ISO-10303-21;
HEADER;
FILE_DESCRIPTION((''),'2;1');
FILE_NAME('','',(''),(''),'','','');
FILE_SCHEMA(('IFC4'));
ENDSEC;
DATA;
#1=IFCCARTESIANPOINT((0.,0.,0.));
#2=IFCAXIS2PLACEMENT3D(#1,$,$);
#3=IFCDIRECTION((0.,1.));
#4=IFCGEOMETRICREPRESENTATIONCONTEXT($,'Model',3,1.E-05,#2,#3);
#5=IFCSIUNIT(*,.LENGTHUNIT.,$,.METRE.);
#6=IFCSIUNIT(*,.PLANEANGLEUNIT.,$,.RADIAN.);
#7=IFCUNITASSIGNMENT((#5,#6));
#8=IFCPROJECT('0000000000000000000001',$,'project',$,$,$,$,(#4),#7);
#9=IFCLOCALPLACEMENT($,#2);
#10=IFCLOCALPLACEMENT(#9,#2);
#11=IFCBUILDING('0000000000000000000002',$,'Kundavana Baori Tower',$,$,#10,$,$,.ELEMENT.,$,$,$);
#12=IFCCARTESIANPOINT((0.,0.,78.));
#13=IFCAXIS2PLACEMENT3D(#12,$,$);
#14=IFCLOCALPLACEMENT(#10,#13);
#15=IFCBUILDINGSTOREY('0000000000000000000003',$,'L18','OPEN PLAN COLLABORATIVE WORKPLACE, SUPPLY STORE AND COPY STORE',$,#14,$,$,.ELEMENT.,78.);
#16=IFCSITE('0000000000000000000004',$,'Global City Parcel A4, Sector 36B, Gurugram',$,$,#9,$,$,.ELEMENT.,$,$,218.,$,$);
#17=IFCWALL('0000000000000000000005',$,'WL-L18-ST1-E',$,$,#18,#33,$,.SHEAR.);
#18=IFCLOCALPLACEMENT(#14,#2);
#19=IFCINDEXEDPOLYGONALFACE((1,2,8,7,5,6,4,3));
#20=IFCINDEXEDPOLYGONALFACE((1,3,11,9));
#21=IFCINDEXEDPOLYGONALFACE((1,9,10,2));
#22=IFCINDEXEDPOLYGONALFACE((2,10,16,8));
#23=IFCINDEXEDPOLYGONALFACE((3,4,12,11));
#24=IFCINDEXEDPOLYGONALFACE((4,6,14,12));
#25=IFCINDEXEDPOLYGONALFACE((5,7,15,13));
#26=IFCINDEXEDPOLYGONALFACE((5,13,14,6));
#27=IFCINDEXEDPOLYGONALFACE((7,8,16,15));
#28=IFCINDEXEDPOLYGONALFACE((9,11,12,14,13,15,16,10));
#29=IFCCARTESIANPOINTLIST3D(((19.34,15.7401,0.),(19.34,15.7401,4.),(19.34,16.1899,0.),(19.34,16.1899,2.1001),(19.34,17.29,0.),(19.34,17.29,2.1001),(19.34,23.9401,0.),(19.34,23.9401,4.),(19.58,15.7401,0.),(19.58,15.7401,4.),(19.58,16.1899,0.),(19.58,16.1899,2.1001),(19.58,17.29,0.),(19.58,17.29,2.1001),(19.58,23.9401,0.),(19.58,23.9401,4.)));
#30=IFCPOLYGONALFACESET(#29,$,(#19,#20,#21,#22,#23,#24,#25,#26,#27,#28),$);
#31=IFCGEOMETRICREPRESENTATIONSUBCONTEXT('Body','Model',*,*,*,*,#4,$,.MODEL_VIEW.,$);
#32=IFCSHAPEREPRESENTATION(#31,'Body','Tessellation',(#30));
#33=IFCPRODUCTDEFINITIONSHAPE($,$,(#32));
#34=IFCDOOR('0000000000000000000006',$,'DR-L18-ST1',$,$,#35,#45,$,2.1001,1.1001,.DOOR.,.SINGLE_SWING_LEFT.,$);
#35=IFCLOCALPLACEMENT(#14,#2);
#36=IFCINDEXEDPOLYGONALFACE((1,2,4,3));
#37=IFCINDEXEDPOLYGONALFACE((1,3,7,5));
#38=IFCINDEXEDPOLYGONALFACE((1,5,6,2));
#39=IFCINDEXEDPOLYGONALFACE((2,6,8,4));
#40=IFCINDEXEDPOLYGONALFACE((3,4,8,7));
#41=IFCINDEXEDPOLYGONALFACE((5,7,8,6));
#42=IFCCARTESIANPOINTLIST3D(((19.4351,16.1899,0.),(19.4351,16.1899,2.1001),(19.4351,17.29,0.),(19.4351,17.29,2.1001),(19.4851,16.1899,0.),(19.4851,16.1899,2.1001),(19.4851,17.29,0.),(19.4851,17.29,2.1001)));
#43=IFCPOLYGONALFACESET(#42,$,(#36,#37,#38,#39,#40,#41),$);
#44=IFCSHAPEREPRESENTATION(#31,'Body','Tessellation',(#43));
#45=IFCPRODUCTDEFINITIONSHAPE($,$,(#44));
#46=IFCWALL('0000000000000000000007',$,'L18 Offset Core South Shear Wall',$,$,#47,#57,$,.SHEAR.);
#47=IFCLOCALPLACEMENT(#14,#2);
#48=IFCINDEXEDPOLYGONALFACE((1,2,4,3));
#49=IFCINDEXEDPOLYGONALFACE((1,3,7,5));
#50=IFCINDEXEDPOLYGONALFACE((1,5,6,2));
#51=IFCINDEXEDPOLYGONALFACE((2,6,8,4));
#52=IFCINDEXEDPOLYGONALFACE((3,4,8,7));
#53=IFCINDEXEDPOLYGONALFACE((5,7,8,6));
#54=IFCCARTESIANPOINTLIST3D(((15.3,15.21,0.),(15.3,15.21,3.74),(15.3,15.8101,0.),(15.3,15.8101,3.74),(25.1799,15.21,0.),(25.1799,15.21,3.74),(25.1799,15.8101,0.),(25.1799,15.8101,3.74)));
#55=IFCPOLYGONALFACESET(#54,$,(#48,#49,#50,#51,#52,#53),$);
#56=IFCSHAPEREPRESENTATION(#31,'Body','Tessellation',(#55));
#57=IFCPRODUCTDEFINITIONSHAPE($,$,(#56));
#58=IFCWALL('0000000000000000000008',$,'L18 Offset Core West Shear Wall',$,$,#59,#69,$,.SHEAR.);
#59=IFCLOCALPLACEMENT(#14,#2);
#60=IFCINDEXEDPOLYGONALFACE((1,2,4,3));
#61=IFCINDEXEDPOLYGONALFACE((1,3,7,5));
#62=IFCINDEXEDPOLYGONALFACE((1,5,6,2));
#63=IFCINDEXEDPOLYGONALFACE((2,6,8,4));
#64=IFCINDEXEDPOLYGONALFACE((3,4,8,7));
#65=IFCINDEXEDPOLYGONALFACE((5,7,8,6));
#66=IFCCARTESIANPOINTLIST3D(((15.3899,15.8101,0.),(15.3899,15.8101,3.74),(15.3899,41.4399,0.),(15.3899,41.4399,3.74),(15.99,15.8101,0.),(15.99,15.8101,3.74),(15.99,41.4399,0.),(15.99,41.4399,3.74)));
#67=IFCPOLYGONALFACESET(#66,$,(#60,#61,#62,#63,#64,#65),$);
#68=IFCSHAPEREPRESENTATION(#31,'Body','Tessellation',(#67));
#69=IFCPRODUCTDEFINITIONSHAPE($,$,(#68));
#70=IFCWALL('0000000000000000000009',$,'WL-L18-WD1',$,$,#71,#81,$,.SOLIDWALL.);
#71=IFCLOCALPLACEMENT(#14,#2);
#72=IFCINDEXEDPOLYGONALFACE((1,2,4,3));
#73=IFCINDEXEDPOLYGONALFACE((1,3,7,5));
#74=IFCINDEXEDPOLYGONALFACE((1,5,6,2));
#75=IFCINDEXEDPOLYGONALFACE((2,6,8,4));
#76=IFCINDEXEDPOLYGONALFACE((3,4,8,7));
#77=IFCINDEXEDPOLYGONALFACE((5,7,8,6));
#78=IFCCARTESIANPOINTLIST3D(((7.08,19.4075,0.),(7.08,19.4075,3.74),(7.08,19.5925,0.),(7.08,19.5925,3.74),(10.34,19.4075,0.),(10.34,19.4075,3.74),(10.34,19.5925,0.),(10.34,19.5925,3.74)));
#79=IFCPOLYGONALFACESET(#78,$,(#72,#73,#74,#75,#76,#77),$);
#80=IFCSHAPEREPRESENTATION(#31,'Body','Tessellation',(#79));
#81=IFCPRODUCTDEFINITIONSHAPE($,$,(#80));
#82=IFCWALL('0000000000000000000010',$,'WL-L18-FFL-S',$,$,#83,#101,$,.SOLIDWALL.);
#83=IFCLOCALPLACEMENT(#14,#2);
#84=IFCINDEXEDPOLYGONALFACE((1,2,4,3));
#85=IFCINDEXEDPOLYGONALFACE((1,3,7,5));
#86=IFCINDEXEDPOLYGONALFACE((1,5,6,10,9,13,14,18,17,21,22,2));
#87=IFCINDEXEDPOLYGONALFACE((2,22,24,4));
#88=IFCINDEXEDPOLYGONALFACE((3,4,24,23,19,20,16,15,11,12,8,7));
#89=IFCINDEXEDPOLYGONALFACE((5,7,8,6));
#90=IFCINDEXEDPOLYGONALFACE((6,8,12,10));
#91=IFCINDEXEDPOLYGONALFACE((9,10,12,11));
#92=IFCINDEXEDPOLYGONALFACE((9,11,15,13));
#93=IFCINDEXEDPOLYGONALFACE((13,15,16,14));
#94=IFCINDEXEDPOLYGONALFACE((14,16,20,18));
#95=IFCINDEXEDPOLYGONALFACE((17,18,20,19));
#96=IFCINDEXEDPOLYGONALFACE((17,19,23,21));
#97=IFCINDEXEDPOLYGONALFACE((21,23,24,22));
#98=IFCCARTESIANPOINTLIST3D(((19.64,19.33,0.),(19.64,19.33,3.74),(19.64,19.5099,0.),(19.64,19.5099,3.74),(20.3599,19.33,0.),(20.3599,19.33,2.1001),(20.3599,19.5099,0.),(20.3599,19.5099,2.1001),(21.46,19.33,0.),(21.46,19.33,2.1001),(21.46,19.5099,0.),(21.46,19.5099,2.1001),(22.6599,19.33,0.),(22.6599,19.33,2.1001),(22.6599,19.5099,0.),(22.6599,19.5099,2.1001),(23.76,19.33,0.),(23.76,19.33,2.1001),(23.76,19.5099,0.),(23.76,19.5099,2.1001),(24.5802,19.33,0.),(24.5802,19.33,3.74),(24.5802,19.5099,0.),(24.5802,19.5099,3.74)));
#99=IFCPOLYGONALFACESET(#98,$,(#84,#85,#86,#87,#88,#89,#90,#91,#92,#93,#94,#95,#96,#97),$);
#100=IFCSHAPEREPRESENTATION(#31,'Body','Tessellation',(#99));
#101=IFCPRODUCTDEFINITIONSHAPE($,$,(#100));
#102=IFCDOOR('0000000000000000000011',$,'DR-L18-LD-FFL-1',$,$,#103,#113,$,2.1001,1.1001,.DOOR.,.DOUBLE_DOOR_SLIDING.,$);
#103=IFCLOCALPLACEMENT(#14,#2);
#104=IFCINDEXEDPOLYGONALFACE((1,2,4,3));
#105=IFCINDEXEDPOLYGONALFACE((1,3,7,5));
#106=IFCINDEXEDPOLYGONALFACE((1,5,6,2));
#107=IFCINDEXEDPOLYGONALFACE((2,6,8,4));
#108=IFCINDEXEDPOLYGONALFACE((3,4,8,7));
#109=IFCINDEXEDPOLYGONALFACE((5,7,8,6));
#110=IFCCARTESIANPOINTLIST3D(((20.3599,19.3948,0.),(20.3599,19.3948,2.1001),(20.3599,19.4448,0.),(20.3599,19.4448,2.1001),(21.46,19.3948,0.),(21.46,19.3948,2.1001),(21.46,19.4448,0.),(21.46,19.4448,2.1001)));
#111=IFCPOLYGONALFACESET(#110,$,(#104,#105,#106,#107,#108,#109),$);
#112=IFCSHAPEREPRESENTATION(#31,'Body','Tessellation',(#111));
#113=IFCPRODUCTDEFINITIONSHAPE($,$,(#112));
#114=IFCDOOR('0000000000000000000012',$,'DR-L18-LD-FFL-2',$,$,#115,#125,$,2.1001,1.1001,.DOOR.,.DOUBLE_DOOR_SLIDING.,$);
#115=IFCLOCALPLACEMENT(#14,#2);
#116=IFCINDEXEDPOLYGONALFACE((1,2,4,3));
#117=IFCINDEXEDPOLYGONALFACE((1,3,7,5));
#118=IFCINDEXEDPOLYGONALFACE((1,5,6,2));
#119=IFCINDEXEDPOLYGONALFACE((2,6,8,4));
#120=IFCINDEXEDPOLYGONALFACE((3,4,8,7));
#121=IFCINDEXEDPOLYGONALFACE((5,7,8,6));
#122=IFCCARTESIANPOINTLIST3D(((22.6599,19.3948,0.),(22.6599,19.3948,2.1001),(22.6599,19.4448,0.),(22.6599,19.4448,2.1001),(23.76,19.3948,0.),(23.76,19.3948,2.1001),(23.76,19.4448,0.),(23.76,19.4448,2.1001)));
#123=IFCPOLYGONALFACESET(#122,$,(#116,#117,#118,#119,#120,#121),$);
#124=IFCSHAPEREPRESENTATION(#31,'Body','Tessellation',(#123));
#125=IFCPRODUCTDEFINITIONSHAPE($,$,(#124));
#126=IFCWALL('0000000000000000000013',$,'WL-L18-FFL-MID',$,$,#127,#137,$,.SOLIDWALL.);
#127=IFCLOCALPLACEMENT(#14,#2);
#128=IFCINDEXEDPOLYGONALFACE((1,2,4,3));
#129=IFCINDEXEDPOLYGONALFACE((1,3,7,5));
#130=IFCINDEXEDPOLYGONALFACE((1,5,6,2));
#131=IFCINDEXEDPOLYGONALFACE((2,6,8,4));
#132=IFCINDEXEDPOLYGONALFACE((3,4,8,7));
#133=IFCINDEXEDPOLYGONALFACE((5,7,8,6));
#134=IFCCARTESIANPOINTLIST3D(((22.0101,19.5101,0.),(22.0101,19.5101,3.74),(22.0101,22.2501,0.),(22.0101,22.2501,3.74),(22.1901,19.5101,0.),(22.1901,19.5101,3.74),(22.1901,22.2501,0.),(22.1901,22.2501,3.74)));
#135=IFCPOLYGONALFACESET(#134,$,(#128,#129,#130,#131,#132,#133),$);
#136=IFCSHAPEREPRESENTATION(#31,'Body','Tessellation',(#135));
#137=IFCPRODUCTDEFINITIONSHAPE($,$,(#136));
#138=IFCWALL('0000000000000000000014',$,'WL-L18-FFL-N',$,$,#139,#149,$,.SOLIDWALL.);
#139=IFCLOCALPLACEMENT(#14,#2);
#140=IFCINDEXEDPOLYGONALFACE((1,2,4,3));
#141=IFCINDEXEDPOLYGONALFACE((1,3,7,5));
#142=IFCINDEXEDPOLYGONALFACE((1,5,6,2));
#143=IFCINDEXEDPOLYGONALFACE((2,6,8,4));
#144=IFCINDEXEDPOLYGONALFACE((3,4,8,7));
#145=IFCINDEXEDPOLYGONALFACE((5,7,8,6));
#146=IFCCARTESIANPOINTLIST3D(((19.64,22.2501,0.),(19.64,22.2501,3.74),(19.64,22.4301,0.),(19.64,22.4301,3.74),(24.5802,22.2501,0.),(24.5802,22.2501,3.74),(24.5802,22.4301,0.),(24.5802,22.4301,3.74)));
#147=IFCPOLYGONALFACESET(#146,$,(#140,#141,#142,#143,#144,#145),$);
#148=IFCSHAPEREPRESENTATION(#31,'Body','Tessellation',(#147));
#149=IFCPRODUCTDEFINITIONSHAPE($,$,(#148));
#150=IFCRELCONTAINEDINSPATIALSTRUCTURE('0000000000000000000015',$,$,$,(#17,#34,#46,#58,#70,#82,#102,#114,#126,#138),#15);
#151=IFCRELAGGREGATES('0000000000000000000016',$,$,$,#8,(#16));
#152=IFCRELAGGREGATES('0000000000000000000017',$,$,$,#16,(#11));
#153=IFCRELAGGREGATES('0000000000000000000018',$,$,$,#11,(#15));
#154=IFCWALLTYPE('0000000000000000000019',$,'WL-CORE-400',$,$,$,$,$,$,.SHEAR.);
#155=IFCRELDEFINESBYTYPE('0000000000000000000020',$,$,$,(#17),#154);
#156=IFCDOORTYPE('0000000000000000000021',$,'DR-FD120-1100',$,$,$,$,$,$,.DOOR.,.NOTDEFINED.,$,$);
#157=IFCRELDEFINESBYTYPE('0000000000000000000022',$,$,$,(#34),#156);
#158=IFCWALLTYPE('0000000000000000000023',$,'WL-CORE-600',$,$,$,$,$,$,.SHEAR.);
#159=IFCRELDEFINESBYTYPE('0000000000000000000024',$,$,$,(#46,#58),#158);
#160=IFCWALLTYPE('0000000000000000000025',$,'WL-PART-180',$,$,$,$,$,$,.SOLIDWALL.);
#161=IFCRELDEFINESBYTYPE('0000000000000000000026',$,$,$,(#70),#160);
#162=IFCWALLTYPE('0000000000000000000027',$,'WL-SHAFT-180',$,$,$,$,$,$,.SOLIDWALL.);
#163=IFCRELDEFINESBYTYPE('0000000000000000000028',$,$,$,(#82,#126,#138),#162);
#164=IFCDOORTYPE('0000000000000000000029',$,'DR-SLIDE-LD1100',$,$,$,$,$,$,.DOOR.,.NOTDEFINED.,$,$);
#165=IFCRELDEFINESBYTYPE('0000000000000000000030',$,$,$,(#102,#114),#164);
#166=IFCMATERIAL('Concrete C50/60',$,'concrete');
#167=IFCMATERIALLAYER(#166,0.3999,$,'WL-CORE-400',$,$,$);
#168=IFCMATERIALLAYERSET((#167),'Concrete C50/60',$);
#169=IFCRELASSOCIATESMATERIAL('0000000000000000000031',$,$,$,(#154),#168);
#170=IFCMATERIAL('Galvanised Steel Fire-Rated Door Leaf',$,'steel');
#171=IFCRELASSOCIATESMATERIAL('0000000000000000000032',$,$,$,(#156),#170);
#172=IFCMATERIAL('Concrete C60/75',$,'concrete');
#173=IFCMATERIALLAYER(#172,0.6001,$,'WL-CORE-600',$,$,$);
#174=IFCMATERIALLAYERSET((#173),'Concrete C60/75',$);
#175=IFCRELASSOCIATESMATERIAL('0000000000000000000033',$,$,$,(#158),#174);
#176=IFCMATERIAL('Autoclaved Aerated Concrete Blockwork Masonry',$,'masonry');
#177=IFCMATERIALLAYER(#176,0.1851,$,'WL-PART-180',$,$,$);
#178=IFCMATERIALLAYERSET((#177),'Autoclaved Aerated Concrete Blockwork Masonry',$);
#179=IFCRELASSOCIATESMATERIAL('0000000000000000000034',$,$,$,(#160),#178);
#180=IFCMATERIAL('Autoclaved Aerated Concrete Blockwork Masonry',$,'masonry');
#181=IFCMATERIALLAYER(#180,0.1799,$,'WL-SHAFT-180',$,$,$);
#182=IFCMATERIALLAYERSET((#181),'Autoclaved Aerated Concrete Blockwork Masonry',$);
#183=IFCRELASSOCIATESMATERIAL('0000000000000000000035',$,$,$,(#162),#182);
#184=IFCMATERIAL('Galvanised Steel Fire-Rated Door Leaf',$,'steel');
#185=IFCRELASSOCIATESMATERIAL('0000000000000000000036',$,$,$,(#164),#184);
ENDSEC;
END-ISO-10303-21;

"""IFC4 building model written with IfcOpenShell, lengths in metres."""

from ifc_helpers import new_model, si_unit, direction, frame, frame_2d, origin, place, context, subcontext, project, spatial, rectangle, extrude, material, layer, layer_set, type_object, element, fill, save


model = new_model("IFC4")

# Units and contexts
model_context = context("Model", 3, precision=1e-05, world=origin(), true_north=direction((0.0, 1.0)))
body_context = subcontext(model_context, "Body", "Model", "MODEL_VIEW")
ifc_project = project(units=[si_unit("LENGTHUNIT", "METRE"), si_unit("PLANEANGLEUNIT", "RADIAN")], contexts=[model_context])

# Site, building, storey
site_placement = place(None, origin())
site = spatial("IfcSite", under=ifc_project, at=site_placement, Name="Global City Parcel A4, Sector 36B, Gurugram", CompositionType="ELEMENT", RefElevation=218.0)
building_placement = place(site_placement, origin())
building = spatial("IfcBuilding", under=site, at=building_placement, Name="Kundavana Baori Tower", CompositionType="ELEMENT")
storey_placement = place(building_placement, frame((0.0, 0.0, 78.0)))
storey = spatial("IfcBuildingStorey", under=building, at=storey_placement, Name="L18", Description="OPEN PLAN COLLABORATIVE WORKPLACE, SUPPLY STORE AND COPY STORE", CompositionType="ELEMENT", Elevation=78.0)

# Wall, opening, door
ifc_material_1 = material(Name="Concrete C50/60", Category="concrete")
ifc_layer_1 = layer(ifc_material_1, 0.3999, Name="WL-CORE-400")
ifc_layer_set_1 = layer_set([ifc_layer_1], Name="Concrete C50/60")
wall_type_1 = type_object("IfcWallType", Name="WL-CORE-400", PredefinedType="SHEAR", material=ifc_layer_set_1)
wall_1_placement = place(storey_placement, frame((19.46, 15.74, 0.0), z_axis=(0.0, 0.0, 1.0), x_axis=(0.0, 1.0, 0.0)))
wall_1 = element("IfcWall", 1, at=wall_1_placement, inside=storey, type_object=wall_type_1, Name="WL-L18-ST1-E", PredefinedType="SHEAR", context=body_context, shape_type="SweptSolid", body=[
    extrude(rectangle(XDim=8.2, YDim=0.24, at=frame_2d((4.1001, 0.0))), origin(), (0.0, 0.0, 1.0), 4.0),
])
opening_1_placement = place(wall_1_placement, frame((0.45, 0.0, 0.0)))
opening_1 = element("IfcOpeningElement", 2, at=opening_1_placement, cuts=wall_1, PredefinedType="OPENING", context=body_context, shape_type="SweptSolid", body=[
    extrude(rectangle(XDim=1.1001, YDim=2.1001, at=frame_2d((0.55, 1.05))), frame((0.0, 0.1299, 0.0), z_axis=(0.0, -1.0, 0.0), x_axis=(1.0, 0.0, 0.0)), (0.0, 0.0, 1.0), 0.26),
])
ifc_material_2 = material(Name="Galvanised Steel Fire-Rated Door Leaf", Category="steel")
door_type_1 = type_object("IfcDoorType", Name="DR-FD120-1100", OperationType="NOTDEFINED", PredefinedType="DOOR", material=ifc_material_2)
door_1_placement = place(opening_1_placement, origin())
door_1 = element("IfcDoor", 3, at=door_1_placement, inside=storey, type_object=door_type_1, Name="DR-L18-ST1", OperationType="SINGLE_SWING_LEFT", OverallHeight=2.1001, OverallWidth=1.1001, PredefinedType="DOOR", context=body_context, shape_type="SweptSolid", body=[
    extrude(rectangle(XDim=1.1001, YDim=2.1001, at=frame_2d((0.55, 1.05))), frame((0.0, 0.0249, 0.0), z_axis=(0.0, -1.0, 0.0), x_axis=(1.0, 0.0, 0.0)), (0.0, 0.0, 1.0), 0.05),
])
fill(opening_1, door_1)

# Walls
ifc_material_3 = material(Name="Concrete C60/75", Category="concrete")
ifc_layer_2 = layer(ifc_material_3, 0.6001, Name="WL-CORE-600")
ifc_layer_set_2 = layer_set([ifc_layer_2], Name="Concrete C60/75")
wall_type_2 = type_object("IfcWallType", Name="WL-CORE-600", PredefinedType="SHEAR", material=ifc_layer_set_2)
wall_2_placement = place(storey_placement, frame((15.3, 15.51, 0.0), z_axis=(0.0, 0.0, 1.0), x_axis=(1.0, 0.0, 0.0)))
element("IfcWall", 4, at=wall_2_placement, inside=storey, type_object=wall_type_2, Name="L18 Offset Core South Shear Wall", PredefinedType="SHEAR", context=body_context, shape_type="SweptSolid", body=[
    extrude(rectangle(XDim=9.8799, YDim=0.6001, at=frame_2d((4.9399, 0.0))), origin(), (0.0, 0.0, 1.0), 3.74),
])
wall_3_placement = place(storey_placement, frame((15.6899, 15.8101, 0.0), z_axis=(0.0, 0.0, 1.0), x_axis=(0.0, 1.0, 0.0)))
element("IfcWall", 5, at=wall_3_placement, inside=storey, type_object=wall_type_2, Name="L18 Offset Core West Shear Wall", PredefinedType="SHEAR", context=body_context, shape_type="SweptSolid", body=[
    extrude(rectangle(XDim=25.6299, YDim=0.6001, at=frame_2d((12.8149, 0.0))), origin(), (0.0, 0.0, 1.0), 3.74),
])

# Wall
ifc_material_4 = material(Name="Autoclaved Aerated Concrete Blockwork Masonry", Category="masonry")
ifc_layer_3 = layer(ifc_material_4, 0.1851, Name="WL-PART-180")
ifc_layer_set_3 = layer_set([ifc_layer_3], Name="Autoclaved Aerated Concrete Blockwork Masonry")
wall_type_3 = type_object("IfcWallType", Name="WL-PART-180", PredefinedType="SOLIDWALL", material=ifc_layer_set_3)
wall_4_placement = place(storey_placement, frame((7.0801, 19.5, 0.0), z_axis=(0.0, 0.0, 1.0), x_axis=(1.0, 0.0, 0.0)))
element("IfcWall", 6, at=wall_4_placement, inside=storey, type_object=wall_type_3, Name="WL-L18-WD1", PredefinedType="SOLIDWALL", context=body_context, shape_type="SweptSolid", body=[
    extrude(rectangle(XDim=3.26, YDim=0.1851, at=frame_2d((1.6299, 0.0))), origin(), (0.0, 0.0, 1.0), 3.74),
])

# Wall, openings, doors
ifc_material_5 = material(Name="Autoclaved Aerated Concrete Blockwork Masonry", Category="masonry")
ifc_layer_4 = layer(ifc_material_5, 0.1799, Name="WL-SHAFT-180")
ifc_layer_set_4 = layer_set([ifc_layer_4], Name="Autoclaved Aerated Concrete Blockwork Masonry")
wall_type_4 = type_object("IfcWallType", Name="WL-SHAFT-180", PredefinedType="SOLIDWALL", material=ifc_layer_set_4)
wall_5_placement = place(storey_placement, frame((19.6399, 19.4199, 0.0), z_axis=(0.0, 0.0, 1.0), x_axis=(1.0, 0.0, 0.0)))
wall_5 = element("IfcWall", 7, at=wall_5_placement, inside=storey, type_object=wall_type_4, Name="WL-L18-FFL-S", PredefinedType="SOLIDWALL", context=body_context, shape_type="SweptSolid", body=[
    extrude(rectangle(XDim=4.9402, YDim=0.1799, at=frame_2d((2.4702, 0.0))), origin(), (0.0, 0.0, 1.0), 3.74),
])
opening_2_placement = place(wall_5_placement, frame((0.72, 0.0, 0.0)))
opening_2 = element("IfcOpeningElement", 8, at=opening_2_placement, cuts=wall_5, PredefinedType="OPENING", context=body_context, shape_type="SweptSolid", body=[
    extrude(rectangle(XDim=1.1001, YDim=2.1001, at=frame_2d((0.55, 1.05))), frame((0.0, 0.1001, 0.0), z_axis=(0.0, -1.0, 0.0), x_axis=(1.0, 0.0, 0.0)), (0.0, 0.0, 1.0), 0.2),
])
opening_3_placement = place(wall_5_placement, frame((3.02, 0.0, 0.0)))
opening_3 = element("IfcOpeningElement", 9, at=opening_3_placement, cuts=wall_5, PredefinedType="OPENING", context=body_context, shape_type="SweptSolid", body=[
    extrude(rectangle(XDim=1.1001, YDim=2.1001, at=frame_2d((0.55, 1.05))), frame((0.0, 0.1001, 0.0), z_axis=(0.0, -1.0, 0.0), x_axis=(1.0, 0.0, 0.0)), (0.0, 0.0, 1.0), 0.2),
])
ifc_material_6 = material(Name="Galvanised Steel Fire-Rated Door Leaf", Category="steel")
door_type_2 = type_object("IfcDoorType", Name="DR-SLIDE-LD1100", OperationType="NOTDEFINED", PredefinedType="DOOR", material=ifc_material_6)
door_2_placement = place(opening_2_placement, origin())
door_2 = element("IfcDoor", 10, at=door_2_placement, inside=storey, type_object=door_type_2, Name="DR-L18-LD-FFL-1", OperationType="DOUBLE_DOOR_SLIDING", OverallHeight=2.1001, OverallWidth=1.1001, PredefinedType="DOOR", context=body_context, shape_type="SweptSolid", body=[
    extrude(rectangle(XDim=1.1001, YDim=2.1001, at=frame_2d((0.55, 1.05))), frame((0.0, 0.0249, 0.0), z_axis=(0.0, -1.0, 0.0), x_axis=(1.0, 0.0, 0.0)), (0.0, 0.0, 1.0), 0.05),
])
fill(opening_2, door_2)
door_3_placement = place(opening_3_placement, origin())
door_3 = element("IfcDoor", 11, at=door_3_placement, inside=storey, type_object=door_type_2, Name="DR-L18-LD-FFL-2", OperationType="DOUBLE_DOOR_SLIDING", OverallHeight=2.1001, OverallWidth=1.1001, PredefinedType="DOOR", context=body_context, shape_type="SweptSolid", body=[
    extrude(rectangle(XDim=1.1001, YDim=2.1001, at=frame_2d((0.55, 1.05))), frame((0.0, 0.0249, 0.0), z_axis=(0.0, -1.0, 0.0), x_axis=(1.0, 0.0, 0.0)), (0.0, 0.0, 1.0), 0.05),
])
fill(opening_3, door_3)

# Walls
wall_6_placement = place(storey_placement, frame((22.1001, 19.51, 0.0), z_axis=(0.0, 0.0, 1.0), x_axis=(0.0, 1.0, 0.0)))
element("IfcWall", 12, at=wall_6_placement, inside=storey, type_object=wall_type_4, Name="WL-L18-FFL-MID", PredefinedType="SOLIDWALL", context=body_context, shape_type="SweptSolid", body=[
    extrude(rectangle(XDim=2.74, YDim=0.1799, at=frame_2d((1.3701, 0.0))), origin(), (0.0, 0.0, 1.0), 3.74),
])
wall_7_placement = place(storey_placement, frame((19.6399, 22.3401, 0.0), z_axis=(0.0, 0.0, 1.0), x_axis=(1.0, 0.0, 0.0)))
element("IfcWall", 13, at=wall_7_placement, inside=storey, type_object=wall_type_4, Name="WL-L18-FFL-N", PredefinedType="SOLIDWALL", context=body_context, shape_type="SweptSolid", body=[
    extrude(rectangle(XDim=4.9402, YDim=0.1799, at=frame_2d((2.4702, 0.0))), origin(), (0.0, 0.0, 1.0), 3.74),
])

save(model, "model.ifc")
